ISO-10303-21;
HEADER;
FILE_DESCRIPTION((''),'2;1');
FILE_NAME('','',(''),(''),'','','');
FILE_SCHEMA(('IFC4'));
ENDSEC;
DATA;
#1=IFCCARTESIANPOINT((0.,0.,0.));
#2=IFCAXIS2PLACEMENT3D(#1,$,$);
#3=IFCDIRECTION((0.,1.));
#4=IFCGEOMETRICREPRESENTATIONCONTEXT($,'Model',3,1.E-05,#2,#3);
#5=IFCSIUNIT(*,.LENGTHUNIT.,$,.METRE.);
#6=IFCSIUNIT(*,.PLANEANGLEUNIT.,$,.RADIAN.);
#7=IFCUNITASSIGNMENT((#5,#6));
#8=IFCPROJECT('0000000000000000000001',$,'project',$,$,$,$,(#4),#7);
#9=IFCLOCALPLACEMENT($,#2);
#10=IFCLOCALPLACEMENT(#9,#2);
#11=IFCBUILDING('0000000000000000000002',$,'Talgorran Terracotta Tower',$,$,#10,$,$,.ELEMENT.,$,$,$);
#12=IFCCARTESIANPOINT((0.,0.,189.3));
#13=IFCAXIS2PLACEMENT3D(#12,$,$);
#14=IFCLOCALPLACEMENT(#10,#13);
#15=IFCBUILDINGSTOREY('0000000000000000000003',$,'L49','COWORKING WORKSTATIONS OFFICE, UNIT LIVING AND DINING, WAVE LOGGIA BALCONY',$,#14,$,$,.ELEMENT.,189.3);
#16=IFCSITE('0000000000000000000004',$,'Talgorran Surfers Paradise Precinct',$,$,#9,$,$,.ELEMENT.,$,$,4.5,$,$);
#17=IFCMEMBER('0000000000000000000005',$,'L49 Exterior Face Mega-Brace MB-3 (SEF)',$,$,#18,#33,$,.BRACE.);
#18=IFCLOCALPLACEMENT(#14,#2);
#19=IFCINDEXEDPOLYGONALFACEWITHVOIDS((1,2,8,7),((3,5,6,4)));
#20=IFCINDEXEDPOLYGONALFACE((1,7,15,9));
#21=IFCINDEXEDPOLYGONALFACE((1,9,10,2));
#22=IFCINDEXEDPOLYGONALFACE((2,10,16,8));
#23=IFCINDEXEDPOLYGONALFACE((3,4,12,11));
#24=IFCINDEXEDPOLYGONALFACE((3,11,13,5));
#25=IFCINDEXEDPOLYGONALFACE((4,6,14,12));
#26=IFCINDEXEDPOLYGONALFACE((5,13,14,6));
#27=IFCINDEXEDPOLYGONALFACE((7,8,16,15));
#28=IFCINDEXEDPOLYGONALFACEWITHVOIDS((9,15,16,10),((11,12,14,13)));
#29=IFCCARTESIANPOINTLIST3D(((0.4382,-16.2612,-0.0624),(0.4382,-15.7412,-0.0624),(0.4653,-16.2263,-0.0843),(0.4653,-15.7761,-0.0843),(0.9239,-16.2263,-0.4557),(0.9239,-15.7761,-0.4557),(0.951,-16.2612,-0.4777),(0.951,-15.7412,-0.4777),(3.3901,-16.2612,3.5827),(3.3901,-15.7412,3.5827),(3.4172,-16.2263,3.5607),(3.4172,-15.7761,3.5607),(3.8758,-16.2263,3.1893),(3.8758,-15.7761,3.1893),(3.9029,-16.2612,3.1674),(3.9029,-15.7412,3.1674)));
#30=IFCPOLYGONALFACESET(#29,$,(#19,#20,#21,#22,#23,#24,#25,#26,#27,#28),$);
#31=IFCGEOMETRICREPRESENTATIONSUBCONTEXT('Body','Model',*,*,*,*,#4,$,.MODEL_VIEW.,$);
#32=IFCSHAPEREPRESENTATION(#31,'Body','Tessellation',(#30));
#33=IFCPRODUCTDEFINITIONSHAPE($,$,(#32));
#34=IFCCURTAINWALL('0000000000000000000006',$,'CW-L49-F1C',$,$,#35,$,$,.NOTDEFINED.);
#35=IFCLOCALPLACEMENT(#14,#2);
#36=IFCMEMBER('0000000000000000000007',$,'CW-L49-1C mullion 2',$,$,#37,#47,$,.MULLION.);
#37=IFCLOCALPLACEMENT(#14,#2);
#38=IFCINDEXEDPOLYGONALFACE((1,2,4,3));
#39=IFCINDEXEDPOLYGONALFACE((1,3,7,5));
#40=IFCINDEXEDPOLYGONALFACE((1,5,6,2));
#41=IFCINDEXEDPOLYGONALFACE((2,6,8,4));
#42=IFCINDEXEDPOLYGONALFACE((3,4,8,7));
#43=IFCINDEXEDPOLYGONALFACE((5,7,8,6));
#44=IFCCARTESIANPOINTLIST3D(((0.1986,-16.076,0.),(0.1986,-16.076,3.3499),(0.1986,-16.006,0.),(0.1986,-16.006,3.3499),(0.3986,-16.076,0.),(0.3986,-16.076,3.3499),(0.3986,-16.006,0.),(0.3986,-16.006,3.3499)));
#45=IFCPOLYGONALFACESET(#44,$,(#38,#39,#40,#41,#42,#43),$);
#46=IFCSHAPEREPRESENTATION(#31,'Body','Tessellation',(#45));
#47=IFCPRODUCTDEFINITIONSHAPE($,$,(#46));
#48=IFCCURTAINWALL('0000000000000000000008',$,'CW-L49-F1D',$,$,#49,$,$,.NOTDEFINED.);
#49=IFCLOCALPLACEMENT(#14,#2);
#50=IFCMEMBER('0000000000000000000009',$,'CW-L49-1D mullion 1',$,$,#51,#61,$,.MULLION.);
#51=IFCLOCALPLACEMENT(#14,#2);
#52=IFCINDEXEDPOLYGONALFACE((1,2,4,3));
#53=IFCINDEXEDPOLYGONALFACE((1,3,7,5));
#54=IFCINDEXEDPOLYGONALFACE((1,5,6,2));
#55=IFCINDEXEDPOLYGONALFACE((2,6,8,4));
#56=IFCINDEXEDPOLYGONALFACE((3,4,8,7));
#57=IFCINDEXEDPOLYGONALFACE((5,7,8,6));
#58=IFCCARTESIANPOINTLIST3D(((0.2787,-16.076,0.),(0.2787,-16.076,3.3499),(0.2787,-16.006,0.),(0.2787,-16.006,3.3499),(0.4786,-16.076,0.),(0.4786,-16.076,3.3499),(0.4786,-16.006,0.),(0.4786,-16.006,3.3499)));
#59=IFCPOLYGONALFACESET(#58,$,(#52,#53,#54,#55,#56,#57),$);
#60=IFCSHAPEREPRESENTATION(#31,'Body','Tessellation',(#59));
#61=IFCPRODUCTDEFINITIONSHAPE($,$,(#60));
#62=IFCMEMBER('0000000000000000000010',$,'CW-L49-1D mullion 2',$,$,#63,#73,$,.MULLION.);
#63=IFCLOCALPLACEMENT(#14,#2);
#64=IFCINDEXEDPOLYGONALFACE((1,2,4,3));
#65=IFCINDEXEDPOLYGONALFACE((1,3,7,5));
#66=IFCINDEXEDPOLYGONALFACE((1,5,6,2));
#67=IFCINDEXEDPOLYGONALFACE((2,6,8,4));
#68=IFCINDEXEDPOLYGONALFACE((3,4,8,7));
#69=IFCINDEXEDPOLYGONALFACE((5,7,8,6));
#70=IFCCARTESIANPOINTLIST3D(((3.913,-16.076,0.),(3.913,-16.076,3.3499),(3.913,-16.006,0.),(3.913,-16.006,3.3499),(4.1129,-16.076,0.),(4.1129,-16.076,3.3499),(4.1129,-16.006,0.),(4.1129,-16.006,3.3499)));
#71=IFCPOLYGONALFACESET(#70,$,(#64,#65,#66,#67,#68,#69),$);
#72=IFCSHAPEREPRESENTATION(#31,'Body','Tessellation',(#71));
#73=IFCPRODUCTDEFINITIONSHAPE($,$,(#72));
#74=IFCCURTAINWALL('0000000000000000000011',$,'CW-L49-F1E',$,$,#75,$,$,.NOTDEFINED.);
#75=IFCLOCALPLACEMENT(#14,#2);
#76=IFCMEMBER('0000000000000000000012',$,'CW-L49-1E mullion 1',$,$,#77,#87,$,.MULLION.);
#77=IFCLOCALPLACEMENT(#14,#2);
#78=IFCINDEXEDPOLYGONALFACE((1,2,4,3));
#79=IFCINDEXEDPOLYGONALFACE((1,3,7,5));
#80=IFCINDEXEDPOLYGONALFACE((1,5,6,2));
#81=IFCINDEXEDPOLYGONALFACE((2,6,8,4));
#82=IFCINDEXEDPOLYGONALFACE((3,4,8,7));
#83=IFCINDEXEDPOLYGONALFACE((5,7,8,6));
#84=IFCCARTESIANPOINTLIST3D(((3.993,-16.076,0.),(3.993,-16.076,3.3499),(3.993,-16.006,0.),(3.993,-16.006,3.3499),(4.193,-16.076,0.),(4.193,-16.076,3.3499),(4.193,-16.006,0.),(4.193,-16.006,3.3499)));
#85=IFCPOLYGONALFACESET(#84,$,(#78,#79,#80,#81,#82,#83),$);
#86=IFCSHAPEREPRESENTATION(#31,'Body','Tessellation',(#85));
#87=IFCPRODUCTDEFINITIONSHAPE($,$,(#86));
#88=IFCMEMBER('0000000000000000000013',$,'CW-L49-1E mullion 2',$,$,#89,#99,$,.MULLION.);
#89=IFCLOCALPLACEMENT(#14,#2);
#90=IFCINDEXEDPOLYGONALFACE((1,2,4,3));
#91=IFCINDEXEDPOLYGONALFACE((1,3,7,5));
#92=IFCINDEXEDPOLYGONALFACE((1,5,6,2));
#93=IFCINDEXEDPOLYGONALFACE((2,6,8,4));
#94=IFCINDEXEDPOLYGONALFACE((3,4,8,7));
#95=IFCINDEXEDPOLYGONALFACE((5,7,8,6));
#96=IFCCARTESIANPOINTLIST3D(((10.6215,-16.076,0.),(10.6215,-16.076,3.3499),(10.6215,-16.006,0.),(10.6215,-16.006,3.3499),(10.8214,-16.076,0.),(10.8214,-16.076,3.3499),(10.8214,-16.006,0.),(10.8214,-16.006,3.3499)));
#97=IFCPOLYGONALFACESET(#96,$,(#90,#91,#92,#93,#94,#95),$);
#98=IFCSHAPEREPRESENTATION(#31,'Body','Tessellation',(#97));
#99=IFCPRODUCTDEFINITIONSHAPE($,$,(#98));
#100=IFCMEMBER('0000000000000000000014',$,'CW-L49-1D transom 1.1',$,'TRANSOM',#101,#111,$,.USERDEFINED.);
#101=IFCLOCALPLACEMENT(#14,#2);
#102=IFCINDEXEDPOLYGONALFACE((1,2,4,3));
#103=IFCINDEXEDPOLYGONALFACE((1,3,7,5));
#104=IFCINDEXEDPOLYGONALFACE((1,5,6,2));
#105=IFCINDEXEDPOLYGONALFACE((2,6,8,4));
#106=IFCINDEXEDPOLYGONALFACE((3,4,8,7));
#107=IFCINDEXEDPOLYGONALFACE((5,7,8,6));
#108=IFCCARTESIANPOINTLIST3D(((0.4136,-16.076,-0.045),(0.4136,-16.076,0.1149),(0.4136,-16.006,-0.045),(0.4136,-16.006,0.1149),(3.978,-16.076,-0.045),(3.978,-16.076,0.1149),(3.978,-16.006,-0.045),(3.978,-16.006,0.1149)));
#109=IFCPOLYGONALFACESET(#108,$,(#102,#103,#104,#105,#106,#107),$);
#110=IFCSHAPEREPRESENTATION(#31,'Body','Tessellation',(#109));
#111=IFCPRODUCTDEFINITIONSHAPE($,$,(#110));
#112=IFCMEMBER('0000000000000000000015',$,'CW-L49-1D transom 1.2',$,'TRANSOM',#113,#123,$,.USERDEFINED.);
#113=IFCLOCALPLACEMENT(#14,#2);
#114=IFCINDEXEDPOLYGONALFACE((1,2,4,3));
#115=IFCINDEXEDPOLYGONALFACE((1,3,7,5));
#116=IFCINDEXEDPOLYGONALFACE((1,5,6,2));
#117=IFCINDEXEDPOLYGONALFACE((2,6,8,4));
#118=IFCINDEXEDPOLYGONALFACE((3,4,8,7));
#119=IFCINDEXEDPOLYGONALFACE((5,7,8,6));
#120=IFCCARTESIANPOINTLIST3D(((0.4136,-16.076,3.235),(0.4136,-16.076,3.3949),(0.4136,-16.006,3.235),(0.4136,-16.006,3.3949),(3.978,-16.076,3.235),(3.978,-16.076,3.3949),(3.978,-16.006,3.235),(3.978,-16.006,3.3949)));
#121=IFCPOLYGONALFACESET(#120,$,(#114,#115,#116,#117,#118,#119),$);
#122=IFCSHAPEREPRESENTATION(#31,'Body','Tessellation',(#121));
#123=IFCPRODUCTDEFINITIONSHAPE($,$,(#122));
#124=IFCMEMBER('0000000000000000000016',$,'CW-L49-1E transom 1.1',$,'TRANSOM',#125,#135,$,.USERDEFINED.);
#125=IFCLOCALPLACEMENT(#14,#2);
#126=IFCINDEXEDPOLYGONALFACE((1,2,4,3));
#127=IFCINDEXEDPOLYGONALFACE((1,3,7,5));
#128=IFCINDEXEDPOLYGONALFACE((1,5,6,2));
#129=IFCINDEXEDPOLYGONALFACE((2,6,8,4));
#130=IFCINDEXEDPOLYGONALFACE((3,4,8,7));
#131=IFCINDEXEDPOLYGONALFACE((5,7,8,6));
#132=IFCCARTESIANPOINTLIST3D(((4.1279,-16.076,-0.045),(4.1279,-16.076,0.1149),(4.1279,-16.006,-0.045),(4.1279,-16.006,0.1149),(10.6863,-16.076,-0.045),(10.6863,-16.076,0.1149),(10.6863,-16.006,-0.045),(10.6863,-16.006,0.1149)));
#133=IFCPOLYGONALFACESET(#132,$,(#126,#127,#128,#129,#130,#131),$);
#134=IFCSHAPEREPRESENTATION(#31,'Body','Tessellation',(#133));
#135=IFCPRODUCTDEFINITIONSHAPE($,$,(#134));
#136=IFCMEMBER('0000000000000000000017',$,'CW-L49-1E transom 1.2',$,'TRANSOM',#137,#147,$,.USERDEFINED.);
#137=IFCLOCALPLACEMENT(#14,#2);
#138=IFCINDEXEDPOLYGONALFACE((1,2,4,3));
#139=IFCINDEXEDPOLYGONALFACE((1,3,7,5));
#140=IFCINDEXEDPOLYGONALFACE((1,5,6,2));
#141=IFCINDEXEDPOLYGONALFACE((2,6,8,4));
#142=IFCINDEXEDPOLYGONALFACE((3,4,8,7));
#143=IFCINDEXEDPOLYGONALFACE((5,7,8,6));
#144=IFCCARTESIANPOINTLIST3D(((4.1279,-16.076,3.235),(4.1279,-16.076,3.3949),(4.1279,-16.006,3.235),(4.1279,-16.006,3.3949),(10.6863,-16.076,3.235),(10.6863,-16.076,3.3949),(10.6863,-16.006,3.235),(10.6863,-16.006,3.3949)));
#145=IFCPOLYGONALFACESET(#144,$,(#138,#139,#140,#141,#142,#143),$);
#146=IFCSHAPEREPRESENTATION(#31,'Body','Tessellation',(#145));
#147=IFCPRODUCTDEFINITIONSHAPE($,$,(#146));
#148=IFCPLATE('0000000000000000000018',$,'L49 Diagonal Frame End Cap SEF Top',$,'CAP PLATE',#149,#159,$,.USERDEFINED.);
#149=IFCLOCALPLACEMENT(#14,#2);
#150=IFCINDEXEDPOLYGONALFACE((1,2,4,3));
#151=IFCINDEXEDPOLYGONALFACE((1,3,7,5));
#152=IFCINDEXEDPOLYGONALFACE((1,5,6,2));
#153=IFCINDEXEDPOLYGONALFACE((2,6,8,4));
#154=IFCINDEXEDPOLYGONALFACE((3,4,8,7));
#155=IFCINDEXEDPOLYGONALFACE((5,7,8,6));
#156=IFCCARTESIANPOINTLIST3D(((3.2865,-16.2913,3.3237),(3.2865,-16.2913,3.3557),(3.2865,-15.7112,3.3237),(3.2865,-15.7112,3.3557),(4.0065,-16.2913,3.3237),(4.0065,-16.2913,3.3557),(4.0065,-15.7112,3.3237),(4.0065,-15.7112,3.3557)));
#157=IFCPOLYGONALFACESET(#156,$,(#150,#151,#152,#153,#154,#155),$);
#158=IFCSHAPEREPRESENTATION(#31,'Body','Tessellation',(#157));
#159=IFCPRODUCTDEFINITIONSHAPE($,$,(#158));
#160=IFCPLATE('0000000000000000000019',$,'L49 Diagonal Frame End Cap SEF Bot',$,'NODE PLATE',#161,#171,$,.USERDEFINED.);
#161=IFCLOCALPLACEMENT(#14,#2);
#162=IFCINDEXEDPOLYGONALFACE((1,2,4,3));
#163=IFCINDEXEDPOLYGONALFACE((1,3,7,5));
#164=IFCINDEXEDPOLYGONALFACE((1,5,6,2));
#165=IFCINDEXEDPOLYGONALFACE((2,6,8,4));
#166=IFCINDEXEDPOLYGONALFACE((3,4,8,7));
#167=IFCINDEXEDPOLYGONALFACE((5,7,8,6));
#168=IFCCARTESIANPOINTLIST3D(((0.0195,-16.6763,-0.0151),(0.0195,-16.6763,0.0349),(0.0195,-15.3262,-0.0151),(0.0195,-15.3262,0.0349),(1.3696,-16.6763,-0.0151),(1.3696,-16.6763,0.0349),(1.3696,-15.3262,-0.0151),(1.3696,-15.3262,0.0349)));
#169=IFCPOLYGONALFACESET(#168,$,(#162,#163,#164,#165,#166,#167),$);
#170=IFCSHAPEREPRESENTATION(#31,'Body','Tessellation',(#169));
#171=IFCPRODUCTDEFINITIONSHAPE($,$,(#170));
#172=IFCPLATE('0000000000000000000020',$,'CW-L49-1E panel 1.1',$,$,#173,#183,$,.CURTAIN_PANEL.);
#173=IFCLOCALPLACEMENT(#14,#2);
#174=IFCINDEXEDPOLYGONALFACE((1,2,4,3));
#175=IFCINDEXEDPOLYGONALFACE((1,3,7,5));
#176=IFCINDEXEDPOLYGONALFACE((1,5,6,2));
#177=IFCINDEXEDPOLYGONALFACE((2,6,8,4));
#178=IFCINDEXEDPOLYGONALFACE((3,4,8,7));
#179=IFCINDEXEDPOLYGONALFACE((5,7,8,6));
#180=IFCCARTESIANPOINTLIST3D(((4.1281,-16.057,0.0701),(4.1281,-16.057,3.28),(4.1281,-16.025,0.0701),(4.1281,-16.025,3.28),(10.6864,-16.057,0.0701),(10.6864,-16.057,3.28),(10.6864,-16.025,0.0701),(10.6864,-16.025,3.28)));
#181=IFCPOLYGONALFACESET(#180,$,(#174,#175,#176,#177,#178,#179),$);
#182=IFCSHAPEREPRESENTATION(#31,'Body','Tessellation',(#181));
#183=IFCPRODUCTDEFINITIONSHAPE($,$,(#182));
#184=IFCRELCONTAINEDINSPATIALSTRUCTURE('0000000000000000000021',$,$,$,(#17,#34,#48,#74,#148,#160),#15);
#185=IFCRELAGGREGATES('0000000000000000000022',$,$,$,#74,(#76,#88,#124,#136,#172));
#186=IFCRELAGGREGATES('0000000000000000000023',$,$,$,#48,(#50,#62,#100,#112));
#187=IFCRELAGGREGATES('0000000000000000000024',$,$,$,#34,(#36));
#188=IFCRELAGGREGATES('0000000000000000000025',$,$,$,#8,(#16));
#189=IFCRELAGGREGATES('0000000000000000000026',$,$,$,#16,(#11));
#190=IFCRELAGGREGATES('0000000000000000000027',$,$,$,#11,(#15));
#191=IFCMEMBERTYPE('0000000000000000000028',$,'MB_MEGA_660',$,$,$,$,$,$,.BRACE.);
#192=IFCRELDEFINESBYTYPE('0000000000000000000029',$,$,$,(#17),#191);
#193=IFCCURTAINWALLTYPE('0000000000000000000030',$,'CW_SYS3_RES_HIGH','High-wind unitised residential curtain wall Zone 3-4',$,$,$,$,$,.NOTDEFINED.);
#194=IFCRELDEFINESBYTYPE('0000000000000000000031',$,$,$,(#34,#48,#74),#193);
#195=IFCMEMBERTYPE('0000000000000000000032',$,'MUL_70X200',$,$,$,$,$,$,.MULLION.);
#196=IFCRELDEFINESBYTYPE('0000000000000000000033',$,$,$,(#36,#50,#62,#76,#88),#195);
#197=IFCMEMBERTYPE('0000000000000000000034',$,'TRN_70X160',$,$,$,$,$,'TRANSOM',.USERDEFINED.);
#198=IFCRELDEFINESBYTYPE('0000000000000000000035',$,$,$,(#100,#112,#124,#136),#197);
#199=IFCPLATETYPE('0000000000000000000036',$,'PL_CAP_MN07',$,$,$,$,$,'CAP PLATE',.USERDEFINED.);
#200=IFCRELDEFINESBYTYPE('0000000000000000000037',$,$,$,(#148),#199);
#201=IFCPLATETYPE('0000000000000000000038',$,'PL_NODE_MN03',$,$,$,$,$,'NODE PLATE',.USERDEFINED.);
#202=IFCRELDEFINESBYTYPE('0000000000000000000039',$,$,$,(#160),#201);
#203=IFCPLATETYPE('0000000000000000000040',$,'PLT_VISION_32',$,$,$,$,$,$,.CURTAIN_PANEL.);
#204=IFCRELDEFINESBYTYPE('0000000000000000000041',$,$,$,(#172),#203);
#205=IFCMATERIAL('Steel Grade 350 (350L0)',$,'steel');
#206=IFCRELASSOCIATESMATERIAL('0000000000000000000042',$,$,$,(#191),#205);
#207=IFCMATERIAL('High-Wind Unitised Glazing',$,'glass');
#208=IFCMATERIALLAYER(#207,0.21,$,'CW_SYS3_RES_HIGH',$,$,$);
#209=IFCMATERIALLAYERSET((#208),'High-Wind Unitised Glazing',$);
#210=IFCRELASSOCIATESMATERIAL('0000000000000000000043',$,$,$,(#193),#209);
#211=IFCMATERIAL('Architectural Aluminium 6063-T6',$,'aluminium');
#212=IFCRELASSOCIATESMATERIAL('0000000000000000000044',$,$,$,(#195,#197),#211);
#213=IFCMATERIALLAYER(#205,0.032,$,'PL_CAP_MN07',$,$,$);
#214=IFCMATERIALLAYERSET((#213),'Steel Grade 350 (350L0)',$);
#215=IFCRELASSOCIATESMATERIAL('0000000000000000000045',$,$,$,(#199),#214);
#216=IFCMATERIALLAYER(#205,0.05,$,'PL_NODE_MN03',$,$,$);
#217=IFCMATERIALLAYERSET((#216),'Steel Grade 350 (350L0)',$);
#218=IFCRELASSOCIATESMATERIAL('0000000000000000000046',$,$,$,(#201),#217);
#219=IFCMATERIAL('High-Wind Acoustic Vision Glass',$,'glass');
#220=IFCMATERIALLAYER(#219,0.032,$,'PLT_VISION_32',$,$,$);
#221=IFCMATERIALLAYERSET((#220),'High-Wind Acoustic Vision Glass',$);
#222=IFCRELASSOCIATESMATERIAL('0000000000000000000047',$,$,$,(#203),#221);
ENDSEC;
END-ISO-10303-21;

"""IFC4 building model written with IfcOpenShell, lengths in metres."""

from ifc_helpers import new_model, si_unit, direction, frame, origin, origin_2d, place, context, subcontext, project, spatial, rectangle, hollow_rectangle, extrude, source, transform, mapped, material, layer, layer_set, material_profile, profile_set, type_object, element, aggregate, save


model = new_model("IFC4")

# Units and contexts
model_context = context("Model", 3, precision=1e-05, world=origin(), true_north=direction((0.0, 1.0)))
body_context = subcontext(model_context, "Body", "Model", "MODEL_VIEW")
ifc_project = project(units=[si_unit("LENGTHUNIT", "METRE"), si_unit("PLANEANGLEUNIT", "RADIAN")], contexts=[model_context])

# Site, building, storey
site_placement = place(None, origin())
site = spatial("IfcSite", under=ifc_project, at=site_placement, Name="Talgorran Surfers Paradise Precinct", CompositionType="ELEMENT", RefElevation=4.5)
building_placement = place(site_placement, origin())
building = spatial("IfcBuilding", under=site, at=building_placement, Name="Talgorran Terracotta Tower", CompositionType="ELEMENT")
storey_placement = place(building_placement, frame((0.0, 0.0, 189.3)))
storey = spatial("IfcBuildingStorey", under=building, at=storey_placement, Name="L49", Description="COWORKING WORKSTATIONS OFFICE, UNIT LIVING AND DINING, WAVE LOGGIA BALCONY", CompositionType="ELEMENT", Elevation=189.3)

# Member
ifc_material_1 = material(Name="Steel Grade 350 (350L0)", Category="steel")
ifc_material_profile_1 = material_profile(ifc_material_1, hollow_rectangle(XDim=0.52, YDim=0.6599, WallThickness=0.0349, at=origin_2d()), Name="WBOX660X520X35")
ifc_profile_set_1 = profile_set([ifc_material_profile_1], Name="Steel Grade 350 (350L0)")
member_type_1 = type_object("IfcMemberType", Name="MB_MEGA_660", PredefinedType="BRACE", material=ifc_profile_set_1)
member_1_placement = place(storey_placement, frame((0.6946, -16.0012, -0.27), z_axis=(0.629349, 0.0, 0.777122), x_axis=(0.0, 1.0, 0.0)))
element("IfcMember", 1, at=member_1_placement, inside=storey, type_object=member_type_1, Name="L49 Exterior Face Mega-Brace MB-3 (SEF)", PredefinedType="BRACE", context=body_context, shape_type="SweptSolid", body=[
    extrude(hollow_rectangle(XDim=0.52, YDim=0.6599, WallThickness=0.0349, at=origin_2d()), origin(), (0.0, 0.0, 1.0), 4.6904),
])

# Curtain wall, member
ifc_material_2 = material(Name="High-Wind Unitised Glazing", Category="glass")
ifc_layer_1 = layer(ifc_material_2, 0.21, Name="CW_SYS3_RES_HIGH")
ifc_layer_set_1 = layer_set([ifc_layer_1], Name="High-Wind Unitised Glazing")
curtain_wall_type = type_object("IfcCurtainWallType", Name="CW_SYS3_RES_HIGH", Description="High-wind unitised residential curtain wall Zone 3-4", PredefinedType="NOTDEFINED", material=ifc_layer_set_1)
curtain_wall_1_placement = place(storey_placement, origin())
curtain_wall_1 = element("IfcCurtainWall", 2, at=curtain_wall_1_placement, inside=storey, type_object=curtain_wall_type, Name="CW-L49-F1C", PredefinedType="NOTDEFINED")
ifc_material_3 = material(Name="Architectural Aluminium 6063-T6", Category="aluminium")
ifc_material_profile_2 = material_profile(ifc_material_3, rectangle(XDim=0.0701, YDim=0.2, at=origin_2d()), Name="CWM70X200")
ifc_profile_set_2 = profile_set([ifc_material_profile_2], Name="Architectural Aluminium 6063-T6")
member_type_2 = type_object("IfcMemberType", Name="MUL_70X200", PredefinedType="MULLION", material=ifc_profile_set_2)
member_2_placement = place(storey_placement, frame((0.2986, -16.041, 0.0), z_axis=(0.0, 0.0, 1.0), x_axis=(0.0, 1.0, 0.0)))
member_2 = element("IfcMember", 3, at=member_2_placement, type_object=member_type_2, Name="CW-L49-1C mullion 2", PredefinedType="MULLION", context=body_context, shape_type="SweptSolid", body=[
    extrude(rectangle(XDim=0.0701, YDim=0.2, at=origin_2d()), origin(), (0.0, 0.0, 1.0), 3.3499),
])

# Curtain walls, members
curtain_wall_2_placement = place(storey_placement, origin())
curtain_wall_2 = element("IfcCurtainWall", 4, at=curtain_wall_2_placement, inside=storey, type_object=curtain_wall_type, Name="CW-L49-F1D", PredefinedType="NOTDEFINED")
member_3_placement = place(storey_placement, frame((0.3787, -16.041, 0.0), z_axis=(0.0, 0.0, 1.0), x_axis=(0.0, 1.0, 0.0)))
member_3 = element("IfcMember", 5, at=member_3_placement, type_object=member_type_2, Name="CW-L49-1D mullion 1", PredefinedType="MULLION", context=body_context, shape_type="SweptSolid", body=[
    extrude(rectangle(XDim=0.0701, YDim=0.2, at=origin_2d()), origin(), (0.0, 0.0, 1.0), 3.3499),
])
member_4_placement = place(storey_placement, frame((4.0129, -16.041, 0.0), z_axis=(0.0, 0.0, 1.0), x_axis=(0.0, 1.0, 0.0)))
member_4 = element("IfcMember", 6, at=member_4_placement, type_object=member_type_2, Name="CW-L49-1D mullion 2", PredefinedType="MULLION", context=body_context, shape_type="SweptSolid", body=[
    extrude(rectangle(XDim=0.0701, YDim=0.2, at=origin_2d()), origin(), (0.0, 0.0, 1.0), 3.3499),
])
curtain_wall_3_placement = place(storey_placement, origin())
curtain_wall_3 = element("IfcCurtainWall", 7, at=curtain_wall_3_placement, inside=storey, type_object=curtain_wall_type, Name="CW-L49-F1E", PredefinedType="NOTDEFINED")
member_5_placement = place(storey_placement, frame((4.093, -16.041, 0.0), z_axis=(0.0, 0.0, 1.0), x_axis=(0.0, 1.0, 0.0)))
member_5 = element("IfcMember", 8, at=member_5_placement, type_object=member_type_2, Name="CW-L49-1E mullion 1", PredefinedType="MULLION", context=body_context, shape_type="SweptSolid", body=[
    extrude(rectangle(XDim=0.0701, YDim=0.2, at=origin_2d()), origin(), (0.0, 0.0, 1.0), 3.3499),
])
member_6_placement = place(storey_placement, frame((10.7214, -16.041, 0.0), z_axis=(0.0, 0.0, 1.0), x_axis=(0.0, 1.0, 0.0)))
member_6 = element("IfcMember", 9, at=member_6_placement, type_object=member_type_2, Name="CW-L49-1E mullion 2", PredefinedType="MULLION", context=body_context, shape_type="SweptSolid", body=[
    extrude(rectangle(XDim=0.0701, YDim=0.2, at=origin_2d()), origin(), (0.0, 0.0, 1.0), 3.3499),
])

# Members
ifc_material_profile_3 = material_profile(ifc_material_3, rectangle(XDim=0.0701, YDim=0.1599, at=origin_2d()), Name="CWT70X160")
ifc_profile_set_3 = profile_set([ifc_material_profile_3], Name="Architectural Aluminium 6063-T6")
member_type_3 = type_object("IfcMemberType", Name="TRN_70X160", ElementType="TRANSOM", PredefinedType="USERDEFINED", material=ifc_profile_set_3)
member_7_placement = place(storey_placement, frame((0.4136, -16.041, 0.0349), z_axis=(1.0, 0.0, 0.0), x_axis=(0.0, 1.0, 0.0)))
member_7 = element("IfcMember", 10, at=member_7_placement, type_object=member_type_3, Name="CW-L49-1D transom 1.1", ObjectType="TRANSOM", PredefinedType="USERDEFINED", context=body_context, shape_type="SweptSolid", body=[
    extrude(rectangle(XDim=0.0701, YDim=0.1599, at=origin_2d()), origin(), (0.0, 0.0, 1.0), 3.5645),
])
member_8_placement = place(storey_placement, frame((0.4136, -16.041, 3.3149), z_axis=(1.0, 0.0, 0.0), x_axis=(0.0, 1.0, 0.0)))
member_8 = element("IfcMember", 11, at=member_8_placement, type_object=member_type_3, Name="CW-L49-1D transom 1.2", ObjectType="TRANSOM", PredefinedType="USERDEFINED", context=body_context, shape_type="SweptSolid", body=[
    extrude(rectangle(XDim=0.0701, YDim=0.1599, at=origin_2d()), origin(), (0.0, 0.0, 1.0), 3.5645),
])
member_9_placement = place(storey_placement, frame((4.1279, -16.041, 0.0349), z_axis=(1.0, 0.0, 0.0), x_axis=(0.0, 1.0, 0.0)))
member_9 = element("IfcMember", 12, at=member_9_placement, type_object=member_type_3, Name="CW-L49-1E transom 1.1", ObjectType="TRANSOM", PredefinedType="USERDEFINED", context=body_context, shape_type="SweptSolid", body=[
    extrude(rectangle(XDim=0.0701, YDim=0.1599, at=origin_2d()), origin(), (0.0, 0.0, 1.0), 6.5583),
])
member_10_placement = place(storey_placement, frame((4.1279, -16.041, 3.3149), z_axis=(1.0, 0.0, 0.0), x_axis=(0.0, 1.0, 0.0)))
member_10 = element("IfcMember", 13, at=member_10_placement, type_object=member_type_3, Name="CW-L49-1E transom 1.2", ObjectType="TRANSOM", PredefinedType="USERDEFINED", context=body_context, shape_type="SweptSolid", body=[
    extrude(rectangle(XDim=0.0701, YDim=0.1599, at=origin_2d()), origin(), (0.0, 0.0, 1.0), 6.5583),
])

# Plates
ifc_layer_2 = layer(ifc_material_1, 0.032, Name="PL_CAP_MN07")
ifc_layer_set_2 = layer_set([ifc_layer_2], Name="Steel Grade 350 (350L0)")
plate_type_1 = type_object("IfcPlateType", Name="PL_CAP_MN07", ElementType="CAP PLATE", PredefinedType="USERDEFINED", material=ifc_layer_set_2)
plate_1_placement = place(storey_placement, frame((3.6465, -16.0012, 3.3237), z_axis=(0.0, 0.0, 1.0), x_axis=(1.0, 0.0, 0.0)))
element("IfcPlate", 14, at=plate_1_placement, inside=storey, type_object=plate_type_1, Name="L49 Diagonal Frame End Cap SEF Top", ObjectType="CAP PLATE", PredefinedType="USERDEFINED", context=body_context, shape_type="SweptSolid", body=[
    extrude(rectangle(XDim=0.72, YDim=0.5801, at=origin_2d()), origin(), (0.0, 0.0, 1.0), 0.032),
])
ifc_layer_3 = layer(ifc_material_1, 0.05, Name="PL_NODE_MN03")
ifc_layer_set_3 = layer_set([ifc_layer_3], Name="Steel Grade 350 (350L0)")
plate_type_2 = type_object("IfcPlateType", Name="PL_NODE_MN03", ElementType="NODE PLATE", PredefinedType="USERDEFINED", material=ifc_layer_set_3)
plate_2_placement = place(storey_placement, frame((0.6946, -16.0012, -0.0151), z_axis=(0.0, 0.0, 1.0), x_axis=(1.0, 0.0, 0.0)))
element("IfcPlate", 15, at=plate_2_placement, inside=storey, type_object=plate_type_2, Name="L49 Diagonal Frame End Cap SEF Bot", ObjectType="NODE PLATE", PredefinedType="USERDEFINED", context=body_context, shape_type="SweptSolid", body=[
    extrude(rectangle(XDim=1.3501, YDim=1.3501, at=origin_2d()), origin(), (0.0, 0.0, 1.0), 0.05),
])

# Plate
ifc_material_4 = material(Name="High-Wind Acoustic Vision Glass", Category="glass")
ifc_layer_4 = layer(ifc_material_4, 0.032, Name="PLT_VISION_32")
ifc_layer_set_4 = layer_set([ifc_layer_4], Name="High-Wind Acoustic Vision Glass")
plate_type_3 = type_object("IfcPlateType", Name="PLT_VISION_32", PredefinedType="CURTAIN_PANEL", material=ifc_layer_set_4)
shared_shape_1 = source(origin(), body_context, "Body", "SweptSolid", [
    extrude(rectangle(XDim=6.5583, YDim=0.032, at=origin_2d()), origin(), (0.0, 0.0, 1.0), 3.21),
])
plate_3_placement = place(storey_placement, frame((7.4072, -16.041, 0.0701), z_axis=(0.0, 0.0, 1.0), x_axis=(1.0, 0.0, 0.0)))
plate_3 = element("IfcPlate", 16, at=plate_3_placement, type_object=plate_type_3, Name="CW-L49-1E panel 1.1", PredefinedType="CURTAIN_PANEL", context=body_context, shape_type="MappedRepresentation", body=[
    mapped(shared_shape_1, transform((0.0, 0.0, 0.0), scale=1.0)),
])
aggregate(curtain_wall_3, [member_5, member_6, member_9, member_10, plate_3])
aggregate(curtain_wall_2, [member_3, member_4, member_7, member_8])
aggregate(curtain_wall_1, [member_2])

save(model, "model.ifc")
